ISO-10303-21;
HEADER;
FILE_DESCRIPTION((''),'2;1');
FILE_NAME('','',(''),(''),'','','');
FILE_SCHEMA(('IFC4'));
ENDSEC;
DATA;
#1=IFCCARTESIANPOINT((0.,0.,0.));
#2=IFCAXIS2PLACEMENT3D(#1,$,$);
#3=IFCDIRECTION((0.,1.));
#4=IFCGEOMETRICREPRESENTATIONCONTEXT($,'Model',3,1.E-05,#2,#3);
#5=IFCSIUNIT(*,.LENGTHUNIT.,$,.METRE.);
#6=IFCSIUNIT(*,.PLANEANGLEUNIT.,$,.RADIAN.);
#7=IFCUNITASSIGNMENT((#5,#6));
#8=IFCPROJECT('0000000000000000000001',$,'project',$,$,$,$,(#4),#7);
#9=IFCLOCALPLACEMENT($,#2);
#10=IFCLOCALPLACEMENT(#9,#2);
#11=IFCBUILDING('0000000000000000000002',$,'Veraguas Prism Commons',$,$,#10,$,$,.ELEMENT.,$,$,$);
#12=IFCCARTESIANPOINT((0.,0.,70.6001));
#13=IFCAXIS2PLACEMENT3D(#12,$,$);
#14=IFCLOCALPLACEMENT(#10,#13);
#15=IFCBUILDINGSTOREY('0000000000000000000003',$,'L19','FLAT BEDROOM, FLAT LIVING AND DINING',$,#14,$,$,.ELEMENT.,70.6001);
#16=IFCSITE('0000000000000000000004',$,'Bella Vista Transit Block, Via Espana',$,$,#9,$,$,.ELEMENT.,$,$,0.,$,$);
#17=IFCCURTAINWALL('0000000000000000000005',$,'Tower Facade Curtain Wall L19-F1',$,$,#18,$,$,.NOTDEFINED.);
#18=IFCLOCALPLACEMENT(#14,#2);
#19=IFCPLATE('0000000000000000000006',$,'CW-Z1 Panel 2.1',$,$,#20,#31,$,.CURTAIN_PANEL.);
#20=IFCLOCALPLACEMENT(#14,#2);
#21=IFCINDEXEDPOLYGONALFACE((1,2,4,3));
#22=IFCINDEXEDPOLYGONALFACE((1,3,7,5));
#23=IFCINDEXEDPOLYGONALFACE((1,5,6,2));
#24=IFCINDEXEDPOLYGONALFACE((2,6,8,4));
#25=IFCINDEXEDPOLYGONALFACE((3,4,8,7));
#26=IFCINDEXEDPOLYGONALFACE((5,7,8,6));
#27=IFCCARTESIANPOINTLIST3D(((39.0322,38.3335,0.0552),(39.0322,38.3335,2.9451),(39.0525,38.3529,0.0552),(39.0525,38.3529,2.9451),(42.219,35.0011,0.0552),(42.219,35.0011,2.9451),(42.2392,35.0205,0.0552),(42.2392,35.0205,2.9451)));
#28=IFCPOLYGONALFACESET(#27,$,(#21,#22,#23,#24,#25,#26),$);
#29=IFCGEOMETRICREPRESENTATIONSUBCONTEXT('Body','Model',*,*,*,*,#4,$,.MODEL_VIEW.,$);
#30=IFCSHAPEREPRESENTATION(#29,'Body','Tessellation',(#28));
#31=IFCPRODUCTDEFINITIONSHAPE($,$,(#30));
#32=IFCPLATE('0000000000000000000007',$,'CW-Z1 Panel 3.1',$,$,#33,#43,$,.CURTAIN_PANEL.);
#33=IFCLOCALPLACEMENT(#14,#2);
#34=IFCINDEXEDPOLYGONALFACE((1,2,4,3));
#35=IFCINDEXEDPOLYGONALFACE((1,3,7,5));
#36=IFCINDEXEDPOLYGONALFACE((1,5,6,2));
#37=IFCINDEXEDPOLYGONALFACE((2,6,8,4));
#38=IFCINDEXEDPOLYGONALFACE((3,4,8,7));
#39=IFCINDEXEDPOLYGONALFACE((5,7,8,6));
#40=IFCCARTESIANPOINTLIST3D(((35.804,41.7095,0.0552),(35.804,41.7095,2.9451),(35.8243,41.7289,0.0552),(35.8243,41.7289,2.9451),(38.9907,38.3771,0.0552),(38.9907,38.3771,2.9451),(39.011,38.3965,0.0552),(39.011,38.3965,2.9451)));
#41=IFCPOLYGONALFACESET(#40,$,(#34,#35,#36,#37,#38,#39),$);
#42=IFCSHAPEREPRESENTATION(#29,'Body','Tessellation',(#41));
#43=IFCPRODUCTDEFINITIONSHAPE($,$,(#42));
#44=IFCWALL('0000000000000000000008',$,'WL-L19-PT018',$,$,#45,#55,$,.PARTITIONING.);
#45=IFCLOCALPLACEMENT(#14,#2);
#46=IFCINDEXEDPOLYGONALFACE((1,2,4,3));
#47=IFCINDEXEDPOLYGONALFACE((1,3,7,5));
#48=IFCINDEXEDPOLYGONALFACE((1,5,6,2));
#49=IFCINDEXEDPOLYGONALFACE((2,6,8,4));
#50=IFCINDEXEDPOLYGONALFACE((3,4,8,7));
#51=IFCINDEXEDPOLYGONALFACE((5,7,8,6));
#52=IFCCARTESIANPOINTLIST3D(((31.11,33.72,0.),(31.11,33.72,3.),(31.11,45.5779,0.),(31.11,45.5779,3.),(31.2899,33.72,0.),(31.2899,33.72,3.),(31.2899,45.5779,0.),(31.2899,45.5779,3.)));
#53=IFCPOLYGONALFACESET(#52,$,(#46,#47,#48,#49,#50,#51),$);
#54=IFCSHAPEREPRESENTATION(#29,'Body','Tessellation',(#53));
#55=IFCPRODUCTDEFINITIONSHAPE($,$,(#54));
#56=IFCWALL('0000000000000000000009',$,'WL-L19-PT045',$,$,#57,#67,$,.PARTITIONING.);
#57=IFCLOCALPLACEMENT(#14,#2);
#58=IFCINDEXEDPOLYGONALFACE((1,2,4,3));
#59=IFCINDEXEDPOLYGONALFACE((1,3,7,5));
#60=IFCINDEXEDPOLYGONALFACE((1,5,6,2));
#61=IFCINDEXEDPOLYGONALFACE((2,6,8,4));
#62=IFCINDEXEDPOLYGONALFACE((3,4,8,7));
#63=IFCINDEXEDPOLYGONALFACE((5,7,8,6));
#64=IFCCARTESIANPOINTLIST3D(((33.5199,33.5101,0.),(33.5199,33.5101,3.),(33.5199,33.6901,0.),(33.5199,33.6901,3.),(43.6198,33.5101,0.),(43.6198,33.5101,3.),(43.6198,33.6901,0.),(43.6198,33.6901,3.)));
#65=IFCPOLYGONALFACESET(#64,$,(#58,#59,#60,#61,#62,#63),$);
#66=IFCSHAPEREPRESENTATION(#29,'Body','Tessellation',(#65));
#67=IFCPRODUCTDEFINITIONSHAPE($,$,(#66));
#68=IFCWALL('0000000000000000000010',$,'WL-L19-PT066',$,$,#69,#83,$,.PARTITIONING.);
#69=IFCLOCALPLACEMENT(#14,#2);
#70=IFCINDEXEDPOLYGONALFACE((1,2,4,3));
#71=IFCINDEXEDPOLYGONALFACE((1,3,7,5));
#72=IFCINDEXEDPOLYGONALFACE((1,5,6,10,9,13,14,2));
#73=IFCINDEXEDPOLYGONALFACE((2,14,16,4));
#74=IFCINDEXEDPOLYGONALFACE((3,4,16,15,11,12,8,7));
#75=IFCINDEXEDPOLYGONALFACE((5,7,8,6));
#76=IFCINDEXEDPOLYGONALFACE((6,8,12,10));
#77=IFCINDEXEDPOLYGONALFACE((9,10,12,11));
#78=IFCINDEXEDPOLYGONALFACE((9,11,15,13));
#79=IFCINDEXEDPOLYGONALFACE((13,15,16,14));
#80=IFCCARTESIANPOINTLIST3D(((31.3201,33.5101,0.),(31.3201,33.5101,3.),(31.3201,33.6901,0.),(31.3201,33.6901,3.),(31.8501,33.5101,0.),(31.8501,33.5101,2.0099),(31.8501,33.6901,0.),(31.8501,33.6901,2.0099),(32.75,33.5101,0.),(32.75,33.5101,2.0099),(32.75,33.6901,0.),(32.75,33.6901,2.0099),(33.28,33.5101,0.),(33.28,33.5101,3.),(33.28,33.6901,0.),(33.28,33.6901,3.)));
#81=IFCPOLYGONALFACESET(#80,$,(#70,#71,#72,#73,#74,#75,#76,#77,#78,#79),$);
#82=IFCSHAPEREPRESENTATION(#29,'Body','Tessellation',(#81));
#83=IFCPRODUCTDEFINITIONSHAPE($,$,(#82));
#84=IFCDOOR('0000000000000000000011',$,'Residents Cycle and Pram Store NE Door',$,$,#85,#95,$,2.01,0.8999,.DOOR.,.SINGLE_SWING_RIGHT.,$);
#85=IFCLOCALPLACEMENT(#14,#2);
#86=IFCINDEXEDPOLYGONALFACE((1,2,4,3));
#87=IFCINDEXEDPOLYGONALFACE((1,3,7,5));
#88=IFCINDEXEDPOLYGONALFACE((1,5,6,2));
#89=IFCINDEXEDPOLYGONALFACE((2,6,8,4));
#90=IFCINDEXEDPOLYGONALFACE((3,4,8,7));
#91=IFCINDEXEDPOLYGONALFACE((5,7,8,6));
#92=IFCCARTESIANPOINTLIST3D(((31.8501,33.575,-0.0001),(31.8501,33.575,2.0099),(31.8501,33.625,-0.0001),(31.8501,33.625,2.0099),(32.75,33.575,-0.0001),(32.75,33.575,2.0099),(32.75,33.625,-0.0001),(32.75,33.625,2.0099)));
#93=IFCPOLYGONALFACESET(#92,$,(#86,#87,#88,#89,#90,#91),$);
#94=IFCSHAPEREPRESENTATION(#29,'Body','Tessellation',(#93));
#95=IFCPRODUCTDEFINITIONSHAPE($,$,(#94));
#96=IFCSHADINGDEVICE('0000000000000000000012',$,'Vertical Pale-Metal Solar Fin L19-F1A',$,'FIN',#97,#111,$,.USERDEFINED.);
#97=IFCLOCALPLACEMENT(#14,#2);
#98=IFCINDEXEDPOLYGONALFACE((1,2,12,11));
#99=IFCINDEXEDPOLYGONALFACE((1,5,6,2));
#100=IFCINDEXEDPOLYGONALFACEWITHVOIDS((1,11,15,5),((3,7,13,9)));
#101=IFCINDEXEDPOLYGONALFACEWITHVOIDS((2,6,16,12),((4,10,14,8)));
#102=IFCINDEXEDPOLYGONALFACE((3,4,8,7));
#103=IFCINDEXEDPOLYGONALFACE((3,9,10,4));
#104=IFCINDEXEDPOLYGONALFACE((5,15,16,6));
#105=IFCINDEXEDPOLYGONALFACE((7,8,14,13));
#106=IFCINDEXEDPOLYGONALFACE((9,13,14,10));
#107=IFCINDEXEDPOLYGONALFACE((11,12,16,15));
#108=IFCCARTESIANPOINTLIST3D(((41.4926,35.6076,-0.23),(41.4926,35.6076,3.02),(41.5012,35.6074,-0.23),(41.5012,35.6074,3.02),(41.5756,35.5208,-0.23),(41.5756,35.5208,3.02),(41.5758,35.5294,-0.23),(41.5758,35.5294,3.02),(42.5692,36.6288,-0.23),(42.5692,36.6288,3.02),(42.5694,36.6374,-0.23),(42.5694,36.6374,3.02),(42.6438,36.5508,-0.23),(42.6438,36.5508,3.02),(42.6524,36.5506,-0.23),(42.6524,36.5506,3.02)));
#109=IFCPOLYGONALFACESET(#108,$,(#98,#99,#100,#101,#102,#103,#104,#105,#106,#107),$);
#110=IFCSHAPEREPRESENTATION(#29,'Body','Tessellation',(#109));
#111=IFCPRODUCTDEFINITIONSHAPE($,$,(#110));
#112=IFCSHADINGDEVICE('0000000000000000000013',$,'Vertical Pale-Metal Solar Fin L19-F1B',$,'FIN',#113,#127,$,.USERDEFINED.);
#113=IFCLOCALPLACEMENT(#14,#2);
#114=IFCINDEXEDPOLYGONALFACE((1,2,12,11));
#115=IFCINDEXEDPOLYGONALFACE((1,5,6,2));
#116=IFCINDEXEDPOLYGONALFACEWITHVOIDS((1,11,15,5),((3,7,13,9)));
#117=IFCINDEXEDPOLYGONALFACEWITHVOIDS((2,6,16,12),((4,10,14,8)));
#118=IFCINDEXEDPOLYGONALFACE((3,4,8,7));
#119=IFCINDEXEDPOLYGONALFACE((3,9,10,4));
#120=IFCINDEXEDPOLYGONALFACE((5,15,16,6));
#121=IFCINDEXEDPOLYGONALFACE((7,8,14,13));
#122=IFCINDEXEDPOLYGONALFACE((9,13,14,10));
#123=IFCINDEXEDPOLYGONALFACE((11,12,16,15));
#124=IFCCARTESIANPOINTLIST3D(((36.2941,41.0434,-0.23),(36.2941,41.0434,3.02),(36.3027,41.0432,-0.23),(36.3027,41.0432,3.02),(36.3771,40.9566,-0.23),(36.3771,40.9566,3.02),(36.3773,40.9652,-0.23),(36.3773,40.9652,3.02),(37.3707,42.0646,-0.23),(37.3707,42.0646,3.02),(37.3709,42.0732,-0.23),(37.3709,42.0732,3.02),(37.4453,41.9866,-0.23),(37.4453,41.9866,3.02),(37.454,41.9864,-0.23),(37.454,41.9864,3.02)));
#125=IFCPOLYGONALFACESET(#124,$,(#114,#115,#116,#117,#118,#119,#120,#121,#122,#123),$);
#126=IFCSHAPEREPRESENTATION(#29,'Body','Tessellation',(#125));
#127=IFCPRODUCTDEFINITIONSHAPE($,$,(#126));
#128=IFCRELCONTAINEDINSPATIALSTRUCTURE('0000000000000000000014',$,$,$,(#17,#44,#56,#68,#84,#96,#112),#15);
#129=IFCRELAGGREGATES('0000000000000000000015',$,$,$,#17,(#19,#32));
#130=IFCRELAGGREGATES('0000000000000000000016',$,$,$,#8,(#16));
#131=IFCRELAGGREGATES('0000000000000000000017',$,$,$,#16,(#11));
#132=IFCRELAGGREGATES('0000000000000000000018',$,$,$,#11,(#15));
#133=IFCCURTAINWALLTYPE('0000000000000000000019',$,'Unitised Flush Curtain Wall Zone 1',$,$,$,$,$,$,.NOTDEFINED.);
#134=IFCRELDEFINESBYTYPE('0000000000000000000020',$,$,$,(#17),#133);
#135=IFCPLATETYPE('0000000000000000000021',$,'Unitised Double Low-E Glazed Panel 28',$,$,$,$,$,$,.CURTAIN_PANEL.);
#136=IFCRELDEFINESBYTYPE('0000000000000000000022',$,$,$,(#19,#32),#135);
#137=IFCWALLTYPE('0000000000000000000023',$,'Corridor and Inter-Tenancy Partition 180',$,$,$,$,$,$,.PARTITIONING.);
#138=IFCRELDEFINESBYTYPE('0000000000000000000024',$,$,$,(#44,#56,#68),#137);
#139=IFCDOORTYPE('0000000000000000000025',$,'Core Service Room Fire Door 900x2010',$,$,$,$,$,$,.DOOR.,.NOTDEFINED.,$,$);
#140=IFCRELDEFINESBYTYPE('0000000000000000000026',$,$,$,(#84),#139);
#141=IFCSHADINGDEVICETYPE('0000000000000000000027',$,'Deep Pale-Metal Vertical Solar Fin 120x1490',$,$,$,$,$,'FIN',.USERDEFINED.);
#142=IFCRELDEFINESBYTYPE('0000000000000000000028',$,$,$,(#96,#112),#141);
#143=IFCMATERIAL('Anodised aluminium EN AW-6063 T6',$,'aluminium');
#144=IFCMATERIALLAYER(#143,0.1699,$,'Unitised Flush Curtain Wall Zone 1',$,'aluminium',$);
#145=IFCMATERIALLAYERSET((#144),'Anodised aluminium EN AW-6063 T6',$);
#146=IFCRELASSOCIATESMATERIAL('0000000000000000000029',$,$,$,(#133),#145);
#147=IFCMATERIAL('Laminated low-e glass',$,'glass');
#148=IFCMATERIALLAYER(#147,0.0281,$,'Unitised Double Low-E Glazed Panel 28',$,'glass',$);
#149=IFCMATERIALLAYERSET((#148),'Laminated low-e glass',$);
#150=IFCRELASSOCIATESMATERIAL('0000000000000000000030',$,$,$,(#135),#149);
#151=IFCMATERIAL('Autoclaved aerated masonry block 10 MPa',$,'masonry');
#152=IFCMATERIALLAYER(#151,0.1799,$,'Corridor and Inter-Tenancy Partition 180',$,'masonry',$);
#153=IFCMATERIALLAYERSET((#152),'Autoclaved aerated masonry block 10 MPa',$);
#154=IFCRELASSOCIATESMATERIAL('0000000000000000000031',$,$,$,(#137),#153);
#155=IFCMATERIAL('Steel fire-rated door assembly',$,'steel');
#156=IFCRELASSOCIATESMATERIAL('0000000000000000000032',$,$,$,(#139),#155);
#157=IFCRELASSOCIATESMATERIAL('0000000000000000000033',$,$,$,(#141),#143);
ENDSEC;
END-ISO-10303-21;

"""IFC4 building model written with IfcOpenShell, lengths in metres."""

from ifc_helpers import new_model, si_unit, direction, frame, frame_2d, origin, origin_2d, place, context, subcontext, project, spatial, rectangle, hollow_rectangle, extrude, source, transform, mapped, material, layer, layer_set, material_profile, profile_set, type_object, element, fill, aggregate, save


model = new_model("IFC4")

# Units and contexts
model_context = context("Model", 3, precision=1e-05, world=origin(), true_north=direction((0.0, 1.0)))
body_context = subcontext(model_context, "Body", "Model", "MODEL_VIEW")
ifc_project = project(units=[si_unit("LENGTHUNIT", "METRE"), si_unit("PLANEANGLEUNIT", "RADIAN")], contexts=[model_context])

# Site, building, storey
site_placement = place(None, origin())
site = spatial("IfcSite", under=ifc_project, at=site_placement, Name="Bella Vista Transit Block, Via Espana", CompositionType="ELEMENT", RefElevation=0.0)
building_placement = place(site_placement, origin())
building = spatial("IfcBuilding", under=site, at=building_placement, Name="Veraguas Prism Commons", CompositionType="ELEMENT")
storey_placement = place(building_placement, frame((0.0, 0.0, 70.6001)))
storey = spatial("IfcBuildingStorey", under=building, at=storey_placement, Name="L19", Description="FLAT BEDROOM, FLAT LIVING AND DINING", CompositionType="ELEMENT", Elevation=70.6001)

# Curtain wall
ifc_material_1 = material(Name="Anodised aluminium EN AW-6063 T6", Category="aluminium")
ifc_layer_1 = layer(ifc_material_1, 0.1699, Name="Unitised Flush Curtain Wall Zone 1", Category="aluminium")
ifc_layer_set_1 = layer_set([ifc_layer_1], Name="Anodised aluminium EN AW-6063 T6")
curtain_wall_type = type_object("IfcCurtainWallType", Name="Unitised Flush Curtain Wall Zone 1", PredefinedType="NOTDEFINED", material=ifc_layer_set_1)
curtain_wall_1_placement = place(storey_placement, origin())
curtain_wall_1 = element("IfcCurtainWall", 1, at=curtain_wall_1_placement, inside=storey, type_object=curtain_wall_type, Name="Tower Facade Curtain Wall L19-F1", PredefinedType="NOTDEFINED")

# Plates
ifc_material_2 = material(Name="Laminated low-e glass", Category="glass")
ifc_layer_2 = layer(ifc_material_2, 0.0281, Name="Unitised Double Low-E Glazed Panel 28", Category="glass")
ifc_layer_set_2 = layer_set([ifc_layer_2], Name="Laminated low-e glass")
plate_type = type_object("IfcPlateType", Name="Unitised Double Low-E Glazed Panel 28", PredefinedType="CURTAIN_PANEL", material=ifc_layer_set_2)
shared_shape_1 = source(origin(), body_context, "Body", "SweptSolid", [
    extrude(rectangle(XDim=4.6108, YDim=0.0281, at=origin_2d()), origin(), (0.0, 0.0, 1.0), 2.8899),
])
plate_1_placement = place(storey_placement, frame((40.6357, 36.677, 0.0552), z_axis=(0.0, 0.0, 1.0), x_axis=(-0.691136, 0.722725, 0.0)))
plate_1 = element("IfcPlate", 2, at=plate_1_placement, type_object=plate_type, Name="CW-Z1 Panel 2.1", PredefinedType="CURTAIN_PANEL", context=body_context, shape_type="MappedRepresentation", body=[
    mapped(shared_shape_1, transform((0.0, 0.0, 0.0), scale=1.0)),
])
plate_2_placement = place(storey_placement, frame((37.4075, 40.053, 0.0552), z_axis=(0.0, 0.0, 1.0), x_axis=(-0.691136, 0.722725, 0.0)))
plate_2 = element("IfcPlate", 3, at=plate_2_placement, type_object=plate_type, Name="CW-Z1 Panel 3.1", PredefinedType="CURTAIN_PANEL", context=body_context, shape_type="MappedRepresentation", body=[
    mapped(shared_shape_1, transform((0.0, 0.0, 0.0), scale=1.0)),
])
aggregate(curtain_wall_1, [plate_1, plate_2])

# Walls
ifc_material_3 = material(Name="Autoclaved aerated masonry block 10 MPa", Category="masonry")
ifc_layer_3 = layer(ifc_material_3, 0.1799, Name="Corridor and Inter-Tenancy Partition 180", Category="masonry")
ifc_layer_set_3 = layer_set([ifc_layer_3], Name="Autoclaved aerated masonry block 10 MPa")
wall_type = type_object("IfcWallType", Name="Corridor and Inter-Tenancy Partition 180", PredefinedType="PARTITIONING", material=ifc_layer_set_3)
wall_1_placement = place(storey_placement, frame((31.2, 33.72, 0.0), z_axis=(0.0, 0.0, 1.0), x_axis=(0.0, 1.0, 0.0)))
element("IfcWall", 4, at=wall_1_placement, inside=storey, type_object=wall_type, Name="WL-L19-PT018", PredefinedType="PARTITIONING", context=body_context, shape_type="SweptSolid", body=[
    extrude(rectangle(XDim=11.8579, YDim=0.1799, at=frame_2d((5.929, 0.0))), origin(), (0.0, 0.0, 1.0), 3.0),
])
wall_2_placement = place(storey_placement, frame((33.52, 33.6001, 0.0), z_axis=(0.0, 0.0, 1.0), x_axis=(1.0, 0.0, 0.0)))
element("IfcWall", 5, at=wall_2_placement, inside=storey, type_object=wall_type, Name="WL-L19-PT045", PredefinedType="PARTITIONING", context=body_context, shape_type="SweptSolid", body=[
    extrude(rectangle(XDim=10.0999, YDim=0.1799, at=frame_2d((5.0498, 0.0))), origin(), (0.0, 0.0, 1.0), 3.0),
])

# Wall, opening, door
wall_3_placement = place(storey_placement, frame((31.3201, 33.6001, 0.0), z_axis=(0.0, 0.0, 1.0), x_axis=(1.0, 0.0, 0.0)))
wall_3 = element("IfcWall", 6, at=wall_3_placement, inside=storey, type_object=wall_type, Name="WL-L19-PT066", PredefinedType="PARTITIONING", context=body_context, shape_type="SweptSolid", body=[
    extrude(rectangle(XDim=1.96, YDim=0.1799, at=frame_2d((0.98, 0.0))), origin(), (0.0, 0.0, 1.0), 3.0),
])
opening_placement = place(wall_3_placement, frame((0.53, 0.0, 0.0)))
opening = element("IfcOpeningElement", 7, at=opening_placement, cuts=wall_3, PredefinedType="OPENING", context=body_context, shape_type="SweptSolid", body=[
    extrude(rectangle(XDim=0.8999, YDim=2.01, at=frame_2d((0.45, 1.0049))), frame((0.0, 0.0999, 0.0), z_axis=(0.0, -1.0, 0.0), x_axis=(1.0, 0.0, 0.0)), (0.0, 0.0, 1.0), 0.2),
])
ifc_material_4 = material(Name="Steel fire-rated door assembly", Category="steel")
door_type = type_object("IfcDoorType", Name="Core Service Room Fire Door 900x2010", OperationType="NOTDEFINED", PredefinedType="DOOR", material=ifc_material_4)
shared_shape_2 = source(origin(), body_context, "Body", "SweptSolid", [
    extrude(rectangle(XDim=0.8999, YDim=2.01, at=frame_2d((0.45, 1.0049))), frame((0.0, 0.0249, 0.0), z_axis=(0.0, -1.0, 0.0), x_axis=(1.0, 0.0, 0.0)), (0.0, 0.0, 1.0), 0.05),
])
door_placement = place(opening_placement, origin())
door = element("IfcDoor", 8, at=door_placement, inside=storey, type_object=door_type, Name="Residents Cycle and Pram Store NE Door", OperationType="SINGLE_SWING_RIGHT", OverallHeight=2.01, OverallWidth=0.8999, PredefinedType="DOOR", context=body_context, shape_type="MappedRepresentation", body=[
    mapped(shared_shape_2, transform((0.0, 0.0, 0.0), scale=1.0)),
])
fill(opening, door)

# Shading devices
ifc_material_profile_1 = material_profile(ifc_material_1, hollow_rectangle(XDim=0.1201, YDim=1.49, WallThickness=0.0061, at=origin_2d()), Name="FIN120X1490X6")
ifc_profile_set_1 = profile_set([ifc_material_profile_1], Name="Anodised aluminium EN AW-6063 T6")
shading_device_type = type_object("IfcShadingDeviceType", Name="Deep Pale-Metal Vertical Solar Fin 120x1490", ElementType="FIN", PredefinedType="USERDEFINED", material=ifc_profile_set_1)
for number, where, z_axis, x_axis, name in (
    (9, (42.0725, 36.0791, -0.23), (0.0, 0.0, 1.0), (-0.691136, 0.722725, 0.0), "Vertical Pale-Metal Solar Fin L19-F1A"),
    (10, (36.874, 41.5149, -0.23), (0.0, 0.0, 1.0), (-0.691136, 0.722725, 0.0), "Vertical Pale-Metal Solar Fin L19-F1B"),
):
    element("IfcShadingDevice", number, at=place(storey_placement, frame(where, z_axis=z_axis, x_axis=x_axis)), inside=storey, type_object=shading_device_type, Name=name, ObjectType="FIN", PredefinedType="USERDEFINED", context=body_context, shape_type="SweptSolid", body=[
        extrude(hollow_rectangle(XDim=0.1201, YDim=1.49, WallThickness=0.0061, at=origin_2d()), origin(), (0.0, 0.0, 1.0), 3.25),
    ])

save(model, "model.ifc")
